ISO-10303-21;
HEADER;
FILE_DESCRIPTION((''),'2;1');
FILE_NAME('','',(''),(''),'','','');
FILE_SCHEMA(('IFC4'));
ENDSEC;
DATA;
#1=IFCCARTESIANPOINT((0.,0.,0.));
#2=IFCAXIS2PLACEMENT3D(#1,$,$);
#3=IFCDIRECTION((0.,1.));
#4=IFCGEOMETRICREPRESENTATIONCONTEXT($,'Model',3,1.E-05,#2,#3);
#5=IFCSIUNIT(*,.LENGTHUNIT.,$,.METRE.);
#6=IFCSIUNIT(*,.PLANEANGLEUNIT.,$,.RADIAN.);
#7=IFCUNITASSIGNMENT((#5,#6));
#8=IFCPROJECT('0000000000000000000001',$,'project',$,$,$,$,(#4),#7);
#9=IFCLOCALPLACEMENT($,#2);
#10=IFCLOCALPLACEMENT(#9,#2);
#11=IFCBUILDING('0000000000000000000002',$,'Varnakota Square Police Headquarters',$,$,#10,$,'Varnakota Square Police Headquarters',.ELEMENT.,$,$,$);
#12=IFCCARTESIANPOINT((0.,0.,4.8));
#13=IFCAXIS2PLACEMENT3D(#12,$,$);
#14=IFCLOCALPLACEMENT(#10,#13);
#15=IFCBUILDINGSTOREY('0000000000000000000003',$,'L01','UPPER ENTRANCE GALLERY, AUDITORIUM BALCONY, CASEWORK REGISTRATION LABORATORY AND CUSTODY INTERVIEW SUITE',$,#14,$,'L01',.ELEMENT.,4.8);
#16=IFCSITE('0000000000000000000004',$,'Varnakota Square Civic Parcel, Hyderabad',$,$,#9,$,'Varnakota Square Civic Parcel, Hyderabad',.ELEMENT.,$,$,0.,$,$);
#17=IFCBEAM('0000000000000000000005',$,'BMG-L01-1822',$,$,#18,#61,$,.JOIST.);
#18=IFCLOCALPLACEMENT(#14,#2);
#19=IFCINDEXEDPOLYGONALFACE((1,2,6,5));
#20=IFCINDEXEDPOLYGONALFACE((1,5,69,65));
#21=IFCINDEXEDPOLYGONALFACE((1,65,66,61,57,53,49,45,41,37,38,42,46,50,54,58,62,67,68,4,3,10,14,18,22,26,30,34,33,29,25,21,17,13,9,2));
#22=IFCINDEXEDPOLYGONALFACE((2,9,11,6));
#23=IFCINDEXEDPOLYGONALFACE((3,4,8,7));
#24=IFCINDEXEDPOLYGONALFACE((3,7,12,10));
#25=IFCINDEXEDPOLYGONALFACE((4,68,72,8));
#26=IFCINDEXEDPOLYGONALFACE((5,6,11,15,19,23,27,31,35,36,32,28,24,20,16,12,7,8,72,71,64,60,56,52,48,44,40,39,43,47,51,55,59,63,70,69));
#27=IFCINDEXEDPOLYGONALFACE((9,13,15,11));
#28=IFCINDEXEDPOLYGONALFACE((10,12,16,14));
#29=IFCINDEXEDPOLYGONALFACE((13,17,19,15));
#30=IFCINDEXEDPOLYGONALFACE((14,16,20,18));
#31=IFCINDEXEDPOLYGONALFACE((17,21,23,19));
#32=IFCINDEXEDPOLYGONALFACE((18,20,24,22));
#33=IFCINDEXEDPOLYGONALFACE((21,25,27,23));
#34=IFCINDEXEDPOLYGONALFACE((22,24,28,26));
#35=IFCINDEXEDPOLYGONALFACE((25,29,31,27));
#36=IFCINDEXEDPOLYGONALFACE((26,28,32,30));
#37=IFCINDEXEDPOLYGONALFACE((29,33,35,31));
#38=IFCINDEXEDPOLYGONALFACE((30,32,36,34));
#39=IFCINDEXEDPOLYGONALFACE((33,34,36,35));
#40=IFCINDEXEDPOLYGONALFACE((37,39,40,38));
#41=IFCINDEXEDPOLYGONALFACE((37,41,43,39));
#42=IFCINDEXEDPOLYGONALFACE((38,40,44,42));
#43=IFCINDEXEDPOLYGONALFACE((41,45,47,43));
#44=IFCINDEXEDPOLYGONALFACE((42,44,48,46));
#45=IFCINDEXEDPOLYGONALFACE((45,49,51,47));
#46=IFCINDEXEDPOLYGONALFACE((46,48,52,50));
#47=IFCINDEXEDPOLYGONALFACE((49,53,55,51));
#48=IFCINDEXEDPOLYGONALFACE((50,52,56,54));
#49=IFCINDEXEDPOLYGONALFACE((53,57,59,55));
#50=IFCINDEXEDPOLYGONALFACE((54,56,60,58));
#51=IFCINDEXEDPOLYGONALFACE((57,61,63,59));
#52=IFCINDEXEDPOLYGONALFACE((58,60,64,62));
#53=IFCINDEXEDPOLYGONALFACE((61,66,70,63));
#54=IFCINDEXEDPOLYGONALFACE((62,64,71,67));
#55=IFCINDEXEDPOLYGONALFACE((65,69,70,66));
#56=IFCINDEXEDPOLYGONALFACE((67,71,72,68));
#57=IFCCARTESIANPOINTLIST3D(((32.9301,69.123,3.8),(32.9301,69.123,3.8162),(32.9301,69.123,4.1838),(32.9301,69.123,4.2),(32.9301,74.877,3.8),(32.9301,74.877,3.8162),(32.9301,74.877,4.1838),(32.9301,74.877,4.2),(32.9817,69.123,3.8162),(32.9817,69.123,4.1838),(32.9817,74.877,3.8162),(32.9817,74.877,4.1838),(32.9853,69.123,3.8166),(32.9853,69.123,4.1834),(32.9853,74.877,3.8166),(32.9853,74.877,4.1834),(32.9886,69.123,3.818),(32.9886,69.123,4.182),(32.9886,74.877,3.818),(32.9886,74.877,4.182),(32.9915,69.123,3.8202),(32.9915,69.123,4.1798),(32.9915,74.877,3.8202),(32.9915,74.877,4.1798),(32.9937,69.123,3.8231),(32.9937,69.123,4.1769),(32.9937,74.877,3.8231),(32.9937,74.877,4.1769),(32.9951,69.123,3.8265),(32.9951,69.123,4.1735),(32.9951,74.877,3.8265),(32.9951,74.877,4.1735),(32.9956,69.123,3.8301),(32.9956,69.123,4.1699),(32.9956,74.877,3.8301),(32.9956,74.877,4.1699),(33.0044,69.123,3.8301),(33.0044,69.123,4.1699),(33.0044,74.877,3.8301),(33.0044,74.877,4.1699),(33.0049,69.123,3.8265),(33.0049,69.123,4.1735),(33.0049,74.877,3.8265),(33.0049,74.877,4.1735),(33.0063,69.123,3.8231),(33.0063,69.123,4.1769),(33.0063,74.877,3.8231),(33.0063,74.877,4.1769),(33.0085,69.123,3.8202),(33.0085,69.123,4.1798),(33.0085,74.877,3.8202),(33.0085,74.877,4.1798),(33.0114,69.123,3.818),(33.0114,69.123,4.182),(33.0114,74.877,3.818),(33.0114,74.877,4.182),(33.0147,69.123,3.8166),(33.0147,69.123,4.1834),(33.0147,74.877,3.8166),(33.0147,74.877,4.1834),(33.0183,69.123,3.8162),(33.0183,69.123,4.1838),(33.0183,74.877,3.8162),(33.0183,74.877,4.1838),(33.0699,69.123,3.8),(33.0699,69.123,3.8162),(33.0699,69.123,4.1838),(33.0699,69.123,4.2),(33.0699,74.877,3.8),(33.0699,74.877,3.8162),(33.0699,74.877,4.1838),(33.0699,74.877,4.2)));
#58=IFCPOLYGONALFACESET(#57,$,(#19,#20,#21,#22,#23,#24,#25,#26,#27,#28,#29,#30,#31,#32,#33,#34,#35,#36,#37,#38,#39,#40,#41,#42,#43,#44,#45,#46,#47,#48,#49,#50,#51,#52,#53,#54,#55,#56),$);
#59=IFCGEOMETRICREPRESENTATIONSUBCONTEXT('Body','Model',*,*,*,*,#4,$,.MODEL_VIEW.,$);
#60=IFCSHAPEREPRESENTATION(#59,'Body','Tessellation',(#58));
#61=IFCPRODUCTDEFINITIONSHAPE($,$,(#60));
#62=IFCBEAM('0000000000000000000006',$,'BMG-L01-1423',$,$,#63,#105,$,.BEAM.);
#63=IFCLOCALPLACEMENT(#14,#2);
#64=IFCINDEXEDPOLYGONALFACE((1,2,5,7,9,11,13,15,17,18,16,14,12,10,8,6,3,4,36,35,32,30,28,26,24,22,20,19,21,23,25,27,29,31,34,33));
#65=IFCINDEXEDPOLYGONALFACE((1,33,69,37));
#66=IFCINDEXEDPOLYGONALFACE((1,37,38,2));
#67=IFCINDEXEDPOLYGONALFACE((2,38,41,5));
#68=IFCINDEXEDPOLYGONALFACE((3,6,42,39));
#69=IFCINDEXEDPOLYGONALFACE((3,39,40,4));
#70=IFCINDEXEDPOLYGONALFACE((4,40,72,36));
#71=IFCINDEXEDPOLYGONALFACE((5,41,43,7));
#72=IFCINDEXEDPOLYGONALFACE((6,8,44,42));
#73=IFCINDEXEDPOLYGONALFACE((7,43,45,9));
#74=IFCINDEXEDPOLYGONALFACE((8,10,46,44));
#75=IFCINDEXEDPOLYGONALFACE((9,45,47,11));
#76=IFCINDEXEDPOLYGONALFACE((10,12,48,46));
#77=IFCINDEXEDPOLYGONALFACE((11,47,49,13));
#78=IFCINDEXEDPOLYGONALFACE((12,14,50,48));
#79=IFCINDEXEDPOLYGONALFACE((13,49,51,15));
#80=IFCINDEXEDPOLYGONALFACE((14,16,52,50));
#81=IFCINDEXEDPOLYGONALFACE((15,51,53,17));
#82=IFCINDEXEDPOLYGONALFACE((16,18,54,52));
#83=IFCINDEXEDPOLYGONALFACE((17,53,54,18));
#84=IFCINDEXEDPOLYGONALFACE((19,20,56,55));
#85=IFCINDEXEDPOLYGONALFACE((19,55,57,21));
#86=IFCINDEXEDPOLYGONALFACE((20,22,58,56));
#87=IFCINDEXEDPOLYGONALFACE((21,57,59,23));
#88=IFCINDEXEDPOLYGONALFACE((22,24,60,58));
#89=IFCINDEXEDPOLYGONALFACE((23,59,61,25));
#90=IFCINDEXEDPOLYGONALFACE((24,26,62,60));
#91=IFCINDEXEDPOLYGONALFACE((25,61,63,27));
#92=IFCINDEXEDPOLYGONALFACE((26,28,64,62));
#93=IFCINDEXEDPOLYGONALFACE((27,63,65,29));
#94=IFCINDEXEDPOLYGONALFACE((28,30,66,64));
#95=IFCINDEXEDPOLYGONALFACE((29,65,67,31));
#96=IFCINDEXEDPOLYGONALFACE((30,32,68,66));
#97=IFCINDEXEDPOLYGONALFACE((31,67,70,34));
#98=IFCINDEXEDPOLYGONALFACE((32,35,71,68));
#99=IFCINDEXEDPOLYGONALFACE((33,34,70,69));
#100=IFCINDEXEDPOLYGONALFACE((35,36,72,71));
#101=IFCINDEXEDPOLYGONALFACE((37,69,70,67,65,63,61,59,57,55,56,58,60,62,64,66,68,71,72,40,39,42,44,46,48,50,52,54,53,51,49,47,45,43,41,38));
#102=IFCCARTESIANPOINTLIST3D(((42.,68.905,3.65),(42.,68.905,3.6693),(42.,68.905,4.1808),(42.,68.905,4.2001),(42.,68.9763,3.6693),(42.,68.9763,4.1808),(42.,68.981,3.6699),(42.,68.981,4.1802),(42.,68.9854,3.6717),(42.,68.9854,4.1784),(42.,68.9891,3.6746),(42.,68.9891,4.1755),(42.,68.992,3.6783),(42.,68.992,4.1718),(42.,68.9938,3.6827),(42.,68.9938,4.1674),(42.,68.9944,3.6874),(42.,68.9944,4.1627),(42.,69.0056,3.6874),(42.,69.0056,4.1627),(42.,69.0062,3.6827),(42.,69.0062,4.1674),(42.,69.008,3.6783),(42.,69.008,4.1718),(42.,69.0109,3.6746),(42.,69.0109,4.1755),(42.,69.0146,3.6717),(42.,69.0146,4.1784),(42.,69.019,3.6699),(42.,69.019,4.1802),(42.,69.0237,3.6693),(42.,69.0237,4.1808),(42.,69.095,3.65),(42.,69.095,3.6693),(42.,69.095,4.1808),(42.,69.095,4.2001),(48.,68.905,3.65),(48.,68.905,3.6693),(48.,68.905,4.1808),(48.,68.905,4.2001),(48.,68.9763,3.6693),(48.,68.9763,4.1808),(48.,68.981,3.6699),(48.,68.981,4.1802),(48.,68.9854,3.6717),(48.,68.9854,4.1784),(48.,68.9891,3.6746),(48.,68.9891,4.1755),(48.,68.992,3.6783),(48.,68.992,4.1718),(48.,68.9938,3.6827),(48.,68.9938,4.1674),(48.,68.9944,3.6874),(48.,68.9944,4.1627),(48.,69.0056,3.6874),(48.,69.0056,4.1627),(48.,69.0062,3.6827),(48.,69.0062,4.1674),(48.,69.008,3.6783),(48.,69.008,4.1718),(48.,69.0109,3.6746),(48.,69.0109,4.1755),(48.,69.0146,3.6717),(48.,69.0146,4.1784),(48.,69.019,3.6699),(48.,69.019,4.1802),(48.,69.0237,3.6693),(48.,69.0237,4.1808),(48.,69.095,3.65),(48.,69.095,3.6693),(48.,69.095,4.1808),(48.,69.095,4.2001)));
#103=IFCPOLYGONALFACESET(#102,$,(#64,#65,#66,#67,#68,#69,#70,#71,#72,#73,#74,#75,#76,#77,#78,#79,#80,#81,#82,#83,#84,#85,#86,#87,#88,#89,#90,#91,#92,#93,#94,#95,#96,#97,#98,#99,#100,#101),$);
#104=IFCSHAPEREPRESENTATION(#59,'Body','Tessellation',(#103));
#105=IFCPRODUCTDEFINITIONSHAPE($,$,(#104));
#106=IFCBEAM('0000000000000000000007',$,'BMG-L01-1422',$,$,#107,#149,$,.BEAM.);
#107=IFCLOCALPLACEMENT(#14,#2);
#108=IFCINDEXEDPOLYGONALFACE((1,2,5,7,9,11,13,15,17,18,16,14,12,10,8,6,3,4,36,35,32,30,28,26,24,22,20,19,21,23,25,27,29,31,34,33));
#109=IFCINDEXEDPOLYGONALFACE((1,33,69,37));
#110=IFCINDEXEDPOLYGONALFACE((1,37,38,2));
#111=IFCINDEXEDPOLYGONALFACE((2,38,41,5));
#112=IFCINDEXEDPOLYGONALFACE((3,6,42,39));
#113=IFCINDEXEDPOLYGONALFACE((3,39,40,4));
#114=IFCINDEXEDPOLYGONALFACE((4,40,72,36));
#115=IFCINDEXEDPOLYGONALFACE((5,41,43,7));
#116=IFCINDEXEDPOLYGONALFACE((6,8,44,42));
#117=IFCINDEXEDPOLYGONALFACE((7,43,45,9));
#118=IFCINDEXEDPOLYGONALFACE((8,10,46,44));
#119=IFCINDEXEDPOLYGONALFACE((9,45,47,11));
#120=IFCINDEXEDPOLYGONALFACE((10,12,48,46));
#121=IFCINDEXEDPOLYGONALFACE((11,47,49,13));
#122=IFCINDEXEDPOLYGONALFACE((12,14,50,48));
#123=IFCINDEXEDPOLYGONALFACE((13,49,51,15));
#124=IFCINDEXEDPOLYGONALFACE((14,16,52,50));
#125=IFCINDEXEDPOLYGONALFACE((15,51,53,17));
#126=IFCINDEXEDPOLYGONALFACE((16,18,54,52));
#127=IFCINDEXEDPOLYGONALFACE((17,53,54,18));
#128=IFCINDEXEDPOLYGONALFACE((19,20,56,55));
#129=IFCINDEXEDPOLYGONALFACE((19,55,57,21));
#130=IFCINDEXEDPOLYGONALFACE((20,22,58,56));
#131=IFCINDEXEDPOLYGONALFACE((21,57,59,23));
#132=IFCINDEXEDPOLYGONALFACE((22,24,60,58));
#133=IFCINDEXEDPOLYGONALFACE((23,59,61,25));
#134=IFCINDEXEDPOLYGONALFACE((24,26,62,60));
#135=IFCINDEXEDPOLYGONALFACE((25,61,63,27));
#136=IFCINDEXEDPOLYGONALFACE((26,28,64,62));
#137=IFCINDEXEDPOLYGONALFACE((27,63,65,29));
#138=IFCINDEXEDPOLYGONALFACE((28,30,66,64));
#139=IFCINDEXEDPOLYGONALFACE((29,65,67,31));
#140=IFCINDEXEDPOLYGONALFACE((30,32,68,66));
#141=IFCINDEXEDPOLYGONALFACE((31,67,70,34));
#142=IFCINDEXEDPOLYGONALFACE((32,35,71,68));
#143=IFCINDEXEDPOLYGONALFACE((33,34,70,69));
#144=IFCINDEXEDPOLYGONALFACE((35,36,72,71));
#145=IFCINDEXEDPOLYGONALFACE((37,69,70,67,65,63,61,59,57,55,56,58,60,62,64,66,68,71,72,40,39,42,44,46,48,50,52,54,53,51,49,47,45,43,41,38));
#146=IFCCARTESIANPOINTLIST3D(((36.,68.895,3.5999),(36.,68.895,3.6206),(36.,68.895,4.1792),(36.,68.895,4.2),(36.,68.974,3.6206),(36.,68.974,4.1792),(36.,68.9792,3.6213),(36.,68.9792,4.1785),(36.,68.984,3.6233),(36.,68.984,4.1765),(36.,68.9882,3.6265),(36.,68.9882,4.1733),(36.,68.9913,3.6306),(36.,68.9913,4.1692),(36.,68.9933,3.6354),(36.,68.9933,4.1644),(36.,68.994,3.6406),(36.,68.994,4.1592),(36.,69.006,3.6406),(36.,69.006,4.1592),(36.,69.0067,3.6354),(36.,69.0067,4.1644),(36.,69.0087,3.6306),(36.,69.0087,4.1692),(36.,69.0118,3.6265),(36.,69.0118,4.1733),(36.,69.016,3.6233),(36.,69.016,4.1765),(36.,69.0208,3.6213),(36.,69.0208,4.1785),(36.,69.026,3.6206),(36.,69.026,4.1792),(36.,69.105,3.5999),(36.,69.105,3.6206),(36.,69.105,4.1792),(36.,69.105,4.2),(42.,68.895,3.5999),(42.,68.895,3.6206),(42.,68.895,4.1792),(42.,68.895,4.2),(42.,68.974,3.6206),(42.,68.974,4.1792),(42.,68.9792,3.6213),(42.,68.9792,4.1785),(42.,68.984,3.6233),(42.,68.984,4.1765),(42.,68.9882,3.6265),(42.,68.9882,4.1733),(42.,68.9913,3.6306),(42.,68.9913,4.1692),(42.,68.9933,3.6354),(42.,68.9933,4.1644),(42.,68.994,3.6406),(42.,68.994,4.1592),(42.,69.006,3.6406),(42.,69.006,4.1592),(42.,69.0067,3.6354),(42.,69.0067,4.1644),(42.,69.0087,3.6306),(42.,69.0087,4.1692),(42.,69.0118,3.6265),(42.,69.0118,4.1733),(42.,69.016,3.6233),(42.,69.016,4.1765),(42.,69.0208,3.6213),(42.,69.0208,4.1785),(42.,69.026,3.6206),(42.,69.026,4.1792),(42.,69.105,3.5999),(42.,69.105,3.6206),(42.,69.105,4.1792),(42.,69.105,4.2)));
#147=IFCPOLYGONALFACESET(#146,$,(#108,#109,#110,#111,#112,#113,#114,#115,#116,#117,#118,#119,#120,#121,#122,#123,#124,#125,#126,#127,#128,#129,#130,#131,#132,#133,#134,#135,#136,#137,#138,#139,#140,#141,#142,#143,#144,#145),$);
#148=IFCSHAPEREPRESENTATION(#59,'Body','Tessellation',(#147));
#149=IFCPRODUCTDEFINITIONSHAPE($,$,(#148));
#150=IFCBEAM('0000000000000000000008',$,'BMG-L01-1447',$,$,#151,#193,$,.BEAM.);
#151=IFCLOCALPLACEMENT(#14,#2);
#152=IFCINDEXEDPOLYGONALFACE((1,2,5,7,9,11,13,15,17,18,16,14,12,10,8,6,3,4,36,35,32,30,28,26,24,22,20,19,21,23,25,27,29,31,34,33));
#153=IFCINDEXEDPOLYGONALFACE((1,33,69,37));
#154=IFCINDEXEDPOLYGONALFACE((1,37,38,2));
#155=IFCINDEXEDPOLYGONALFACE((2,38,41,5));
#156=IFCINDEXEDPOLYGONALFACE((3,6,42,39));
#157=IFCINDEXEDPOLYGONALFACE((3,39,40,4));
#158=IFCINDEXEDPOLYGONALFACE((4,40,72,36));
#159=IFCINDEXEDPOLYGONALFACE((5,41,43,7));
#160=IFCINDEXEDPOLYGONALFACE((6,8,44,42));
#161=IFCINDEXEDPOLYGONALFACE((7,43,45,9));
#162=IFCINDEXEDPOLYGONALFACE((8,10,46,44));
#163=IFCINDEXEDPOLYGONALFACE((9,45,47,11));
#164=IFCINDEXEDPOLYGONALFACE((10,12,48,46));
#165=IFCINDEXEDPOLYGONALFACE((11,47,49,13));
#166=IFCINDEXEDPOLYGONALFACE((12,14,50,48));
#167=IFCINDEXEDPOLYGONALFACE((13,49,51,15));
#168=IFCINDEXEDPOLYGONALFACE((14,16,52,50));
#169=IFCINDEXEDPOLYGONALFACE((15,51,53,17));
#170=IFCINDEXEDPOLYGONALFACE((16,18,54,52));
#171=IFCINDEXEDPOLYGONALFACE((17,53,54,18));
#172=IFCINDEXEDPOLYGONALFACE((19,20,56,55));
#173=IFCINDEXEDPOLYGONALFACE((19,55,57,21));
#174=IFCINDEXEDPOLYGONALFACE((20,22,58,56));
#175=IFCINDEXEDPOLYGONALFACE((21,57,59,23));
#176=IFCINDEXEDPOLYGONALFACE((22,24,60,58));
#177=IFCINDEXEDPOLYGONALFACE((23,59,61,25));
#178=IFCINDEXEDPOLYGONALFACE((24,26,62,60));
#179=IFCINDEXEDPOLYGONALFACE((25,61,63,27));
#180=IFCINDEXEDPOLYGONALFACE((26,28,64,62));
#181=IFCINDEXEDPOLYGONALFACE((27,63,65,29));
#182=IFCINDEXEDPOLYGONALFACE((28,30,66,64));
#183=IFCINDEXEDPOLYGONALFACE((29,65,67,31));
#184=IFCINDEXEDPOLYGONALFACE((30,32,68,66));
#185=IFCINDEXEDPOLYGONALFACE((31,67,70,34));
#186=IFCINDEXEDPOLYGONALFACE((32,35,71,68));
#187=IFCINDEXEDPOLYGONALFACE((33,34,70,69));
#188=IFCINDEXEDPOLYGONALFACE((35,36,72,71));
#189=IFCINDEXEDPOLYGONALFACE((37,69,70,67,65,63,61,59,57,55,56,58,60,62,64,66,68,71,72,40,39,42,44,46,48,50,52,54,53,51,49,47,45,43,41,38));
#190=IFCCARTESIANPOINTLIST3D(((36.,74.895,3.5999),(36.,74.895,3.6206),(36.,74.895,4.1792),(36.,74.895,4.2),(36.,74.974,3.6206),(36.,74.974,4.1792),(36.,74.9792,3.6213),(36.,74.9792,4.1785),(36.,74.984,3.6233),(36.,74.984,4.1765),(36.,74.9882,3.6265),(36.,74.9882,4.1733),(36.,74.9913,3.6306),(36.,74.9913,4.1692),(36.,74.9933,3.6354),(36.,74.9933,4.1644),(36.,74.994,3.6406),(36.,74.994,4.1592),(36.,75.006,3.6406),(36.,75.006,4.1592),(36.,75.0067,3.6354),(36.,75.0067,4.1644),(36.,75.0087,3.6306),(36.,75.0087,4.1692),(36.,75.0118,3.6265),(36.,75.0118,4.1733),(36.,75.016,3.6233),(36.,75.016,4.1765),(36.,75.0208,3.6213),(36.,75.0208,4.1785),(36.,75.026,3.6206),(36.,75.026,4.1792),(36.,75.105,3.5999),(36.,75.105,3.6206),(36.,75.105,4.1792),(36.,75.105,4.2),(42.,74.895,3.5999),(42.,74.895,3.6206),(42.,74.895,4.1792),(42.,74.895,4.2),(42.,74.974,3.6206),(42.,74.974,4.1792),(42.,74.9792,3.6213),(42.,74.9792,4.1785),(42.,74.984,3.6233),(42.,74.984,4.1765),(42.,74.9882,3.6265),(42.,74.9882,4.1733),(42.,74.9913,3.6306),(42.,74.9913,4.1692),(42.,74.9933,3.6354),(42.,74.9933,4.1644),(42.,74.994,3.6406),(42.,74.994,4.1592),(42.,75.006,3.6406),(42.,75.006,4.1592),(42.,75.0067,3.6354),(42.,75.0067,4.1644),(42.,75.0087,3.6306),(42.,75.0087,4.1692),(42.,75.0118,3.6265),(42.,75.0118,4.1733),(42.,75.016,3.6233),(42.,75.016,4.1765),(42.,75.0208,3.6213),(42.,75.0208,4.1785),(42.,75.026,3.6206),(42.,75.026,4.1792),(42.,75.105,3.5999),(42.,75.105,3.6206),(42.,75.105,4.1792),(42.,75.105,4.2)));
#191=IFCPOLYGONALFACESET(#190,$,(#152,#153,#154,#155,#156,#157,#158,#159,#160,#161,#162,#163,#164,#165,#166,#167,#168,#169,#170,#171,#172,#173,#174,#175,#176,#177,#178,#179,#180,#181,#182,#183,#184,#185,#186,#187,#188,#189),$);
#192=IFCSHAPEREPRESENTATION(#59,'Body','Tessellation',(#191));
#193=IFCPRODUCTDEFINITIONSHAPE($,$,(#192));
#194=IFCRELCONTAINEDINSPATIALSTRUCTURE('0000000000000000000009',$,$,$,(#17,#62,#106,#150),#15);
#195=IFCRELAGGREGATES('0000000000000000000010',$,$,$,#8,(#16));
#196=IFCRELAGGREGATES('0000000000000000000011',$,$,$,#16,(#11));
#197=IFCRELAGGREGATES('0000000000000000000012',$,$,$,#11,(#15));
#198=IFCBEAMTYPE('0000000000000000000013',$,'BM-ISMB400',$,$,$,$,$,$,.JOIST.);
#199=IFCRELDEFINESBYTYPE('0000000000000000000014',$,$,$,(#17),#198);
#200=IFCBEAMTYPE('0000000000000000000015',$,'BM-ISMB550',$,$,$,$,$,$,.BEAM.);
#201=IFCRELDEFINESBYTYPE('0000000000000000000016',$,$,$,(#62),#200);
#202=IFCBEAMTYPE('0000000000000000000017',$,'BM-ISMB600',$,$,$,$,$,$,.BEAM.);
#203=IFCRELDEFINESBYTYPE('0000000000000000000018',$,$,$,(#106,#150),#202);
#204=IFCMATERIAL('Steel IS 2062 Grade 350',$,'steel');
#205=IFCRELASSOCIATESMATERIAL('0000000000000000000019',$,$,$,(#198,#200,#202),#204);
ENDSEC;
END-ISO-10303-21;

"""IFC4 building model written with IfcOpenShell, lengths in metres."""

from ifc_helpers import new_model, si_unit, direction, frame, origin, origin_2d, place, context, subcontext, project, spatial, i_section, extrude, material, material_profile, profile_set, type_object, element, save


model = new_model("IFC4")

# Units and contexts
model_context = context("Model", 3, precision=1e-05, world=origin(), true_north=direction((0.0, 1.0)))
body_context = subcontext(model_context, "Body", "Model", "MODEL_VIEW")
ifc_project = project(units=[si_unit("LENGTHUNIT", "METRE"), si_unit("PLANEANGLEUNIT", "RADIAN")], contexts=[model_context])

# Site, building, storey
site_placement = place(None, origin())
site = spatial("IfcSite", under=ifc_project, at=site_placement, Name="Varnakota Square Civic Parcel, Hyderabad", LongName="Varnakota Square Civic Parcel, Hyderabad", CompositionType="ELEMENT", RefElevation=0.0)
building_placement = place(site_placement, origin())
building = spatial("IfcBuilding", under=site, at=building_placement, Name="Varnakota Square Police Headquarters", LongName="Varnakota Square Police Headquarters", CompositionType="ELEMENT")
storey_placement = place(building_placement, frame((0.0, 0.0, 4.8)))
storey = spatial("IfcBuildingStorey", under=building, at=storey_placement, Name="L01", Description="UPPER ENTRANCE GALLERY, AUDITORIUM BALCONY, CASEWORK REGISTRATION LABORATORY AND CUSTODY INTERVIEW SUITE", LongName="L01", CompositionType="ELEMENT", Elevation=4.8)

# Shared definitions
ifc_material_1 = material(Name="Steel IS 2062 Grade 350", Category="steel")

# Beams
ifc_material_profile_1 = material_profile(ifc_material_1, i_section(OverallWidth=0.1399, OverallDepth=0.3999, WebThickness=0.0088, FlangeThickness=0.0161, FilletRadius=0.0139, at=origin_2d()), Name="ISMB 400")
ifc_profile_set_1 = profile_set([ifc_material_profile_1], Name="Steel IS 2062 Grade 350")
beam_type_1 = type_object("IfcBeamType", Name="BM-ISMB400", PredefinedType="JOIST", material=ifc_profile_set_1)
beam_1_placement = place(storey_placement, frame((33.0, 69.123, 4.0), z_axis=(0.0, 1.0, 0.0), x_axis=(-1.0, 0.0, 0.0)))
element("IfcBeam", 1, at=beam_1_placement, inside=storey, type_object=beam_type_1, Name="BMG-L01-1822", PredefinedType="JOIST", context=body_context, shape_type="SweptSolid", body=[
    extrude(i_section(OverallWidth=0.1399, OverallDepth=0.3999, WebThickness=0.0088, FlangeThickness=0.0161, FilletRadius=0.0139, at=origin_2d()), origin(), (0.0, 0.0, 1.0), 5.7539),
])
ifc_material_profile_2 = material_profile(ifc_material_1, i_section(OverallWidth=0.1899, OverallDepth=0.55, WebThickness=0.0112, FlangeThickness=0.0193, FilletRadius=0.0181, at=origin_2d()), Name="ISMB 550")
ifc_profile_set_2 = profile_set([ifc_material_profile_2], Name="Steel IS 2062 Grade 350")
beam_type_2 = type_object("IfcBeamType", Name="BM-ISMB550", PredefinedType="BEAM", material=ifc_profile_set_2)
beam_2_placement = place(storey_placement, frame((42.0, 69.0, 3.925), z_axis=(1.0, 0.0, 0.0), x_axis=(0.0, 1.0, 0.0)))
element("IfcBeam", 2, at=beam_2_placement, inside=storey, type_object=beam_type_2, Name="BMG-L01-1423", PredefinedType="BEAM", context=body_context, shape_type="SweptSolid", body=[
    extrude(i_section(OverallWidth=0.1899, OverallDepth=0.55, WebThickness=0.0112, FlangeThickness=0.0193, FilletRadius=0.0181, at=origin_2d()), origin(), (0.0, 0.0, 1.0), 6.0),
])
ifc_material_profile_3 = material_profile(ifc_material_1, i_section(OverallWidth=0.21, OverallDepth=0.6001, WebThickness=0.012, FlangeThickness=0.0208, FilletRadius=0.02, at=origin_2d()), Name="ISMB 600")
ifc_profile_set_3 = profile_set([ifc_material_profile_3], Name="Steel IS 2062 Grade 350")
beam_type_3 = type_object("IfcBeamType", Name="BM-ISMB600", PredefinedType="BEAM", material=ifc_profile_set_3)
for number, where, z_axis, x_axis, name in (
    (3, (36.0, 69.0, 3.8999), (1.0, 0.0, 0.0), (0.0, 1.0, 0.0), "BMG-L01-1422"),
    (4, (36.0, 75.0, 3.8999), (1.0, 0.0, 0.0), (0.0, 1.0, 0.0), "BMG-L01-1447"),
):
    element("IfcBeam", number, at=place(storey_placement, frame(where, z_axis=z_axis, x_axis=x_axis)), inside=storey, type_object=beam_type_3, Name=name, PredefinedType="BEAM", context=body_context, shape_type="SweptSolid", body=[
        extrude(i_section(OverallWidth=0.21, OverallDepth=0.6001, WebThickness=0.012, FlangeThickness=0.0208, FilletRadius=0.02, at=origin_2d()), origin(), (0.0, 0.0, 1.0), 6.0),
    ])

save(model, "model.ifc")
